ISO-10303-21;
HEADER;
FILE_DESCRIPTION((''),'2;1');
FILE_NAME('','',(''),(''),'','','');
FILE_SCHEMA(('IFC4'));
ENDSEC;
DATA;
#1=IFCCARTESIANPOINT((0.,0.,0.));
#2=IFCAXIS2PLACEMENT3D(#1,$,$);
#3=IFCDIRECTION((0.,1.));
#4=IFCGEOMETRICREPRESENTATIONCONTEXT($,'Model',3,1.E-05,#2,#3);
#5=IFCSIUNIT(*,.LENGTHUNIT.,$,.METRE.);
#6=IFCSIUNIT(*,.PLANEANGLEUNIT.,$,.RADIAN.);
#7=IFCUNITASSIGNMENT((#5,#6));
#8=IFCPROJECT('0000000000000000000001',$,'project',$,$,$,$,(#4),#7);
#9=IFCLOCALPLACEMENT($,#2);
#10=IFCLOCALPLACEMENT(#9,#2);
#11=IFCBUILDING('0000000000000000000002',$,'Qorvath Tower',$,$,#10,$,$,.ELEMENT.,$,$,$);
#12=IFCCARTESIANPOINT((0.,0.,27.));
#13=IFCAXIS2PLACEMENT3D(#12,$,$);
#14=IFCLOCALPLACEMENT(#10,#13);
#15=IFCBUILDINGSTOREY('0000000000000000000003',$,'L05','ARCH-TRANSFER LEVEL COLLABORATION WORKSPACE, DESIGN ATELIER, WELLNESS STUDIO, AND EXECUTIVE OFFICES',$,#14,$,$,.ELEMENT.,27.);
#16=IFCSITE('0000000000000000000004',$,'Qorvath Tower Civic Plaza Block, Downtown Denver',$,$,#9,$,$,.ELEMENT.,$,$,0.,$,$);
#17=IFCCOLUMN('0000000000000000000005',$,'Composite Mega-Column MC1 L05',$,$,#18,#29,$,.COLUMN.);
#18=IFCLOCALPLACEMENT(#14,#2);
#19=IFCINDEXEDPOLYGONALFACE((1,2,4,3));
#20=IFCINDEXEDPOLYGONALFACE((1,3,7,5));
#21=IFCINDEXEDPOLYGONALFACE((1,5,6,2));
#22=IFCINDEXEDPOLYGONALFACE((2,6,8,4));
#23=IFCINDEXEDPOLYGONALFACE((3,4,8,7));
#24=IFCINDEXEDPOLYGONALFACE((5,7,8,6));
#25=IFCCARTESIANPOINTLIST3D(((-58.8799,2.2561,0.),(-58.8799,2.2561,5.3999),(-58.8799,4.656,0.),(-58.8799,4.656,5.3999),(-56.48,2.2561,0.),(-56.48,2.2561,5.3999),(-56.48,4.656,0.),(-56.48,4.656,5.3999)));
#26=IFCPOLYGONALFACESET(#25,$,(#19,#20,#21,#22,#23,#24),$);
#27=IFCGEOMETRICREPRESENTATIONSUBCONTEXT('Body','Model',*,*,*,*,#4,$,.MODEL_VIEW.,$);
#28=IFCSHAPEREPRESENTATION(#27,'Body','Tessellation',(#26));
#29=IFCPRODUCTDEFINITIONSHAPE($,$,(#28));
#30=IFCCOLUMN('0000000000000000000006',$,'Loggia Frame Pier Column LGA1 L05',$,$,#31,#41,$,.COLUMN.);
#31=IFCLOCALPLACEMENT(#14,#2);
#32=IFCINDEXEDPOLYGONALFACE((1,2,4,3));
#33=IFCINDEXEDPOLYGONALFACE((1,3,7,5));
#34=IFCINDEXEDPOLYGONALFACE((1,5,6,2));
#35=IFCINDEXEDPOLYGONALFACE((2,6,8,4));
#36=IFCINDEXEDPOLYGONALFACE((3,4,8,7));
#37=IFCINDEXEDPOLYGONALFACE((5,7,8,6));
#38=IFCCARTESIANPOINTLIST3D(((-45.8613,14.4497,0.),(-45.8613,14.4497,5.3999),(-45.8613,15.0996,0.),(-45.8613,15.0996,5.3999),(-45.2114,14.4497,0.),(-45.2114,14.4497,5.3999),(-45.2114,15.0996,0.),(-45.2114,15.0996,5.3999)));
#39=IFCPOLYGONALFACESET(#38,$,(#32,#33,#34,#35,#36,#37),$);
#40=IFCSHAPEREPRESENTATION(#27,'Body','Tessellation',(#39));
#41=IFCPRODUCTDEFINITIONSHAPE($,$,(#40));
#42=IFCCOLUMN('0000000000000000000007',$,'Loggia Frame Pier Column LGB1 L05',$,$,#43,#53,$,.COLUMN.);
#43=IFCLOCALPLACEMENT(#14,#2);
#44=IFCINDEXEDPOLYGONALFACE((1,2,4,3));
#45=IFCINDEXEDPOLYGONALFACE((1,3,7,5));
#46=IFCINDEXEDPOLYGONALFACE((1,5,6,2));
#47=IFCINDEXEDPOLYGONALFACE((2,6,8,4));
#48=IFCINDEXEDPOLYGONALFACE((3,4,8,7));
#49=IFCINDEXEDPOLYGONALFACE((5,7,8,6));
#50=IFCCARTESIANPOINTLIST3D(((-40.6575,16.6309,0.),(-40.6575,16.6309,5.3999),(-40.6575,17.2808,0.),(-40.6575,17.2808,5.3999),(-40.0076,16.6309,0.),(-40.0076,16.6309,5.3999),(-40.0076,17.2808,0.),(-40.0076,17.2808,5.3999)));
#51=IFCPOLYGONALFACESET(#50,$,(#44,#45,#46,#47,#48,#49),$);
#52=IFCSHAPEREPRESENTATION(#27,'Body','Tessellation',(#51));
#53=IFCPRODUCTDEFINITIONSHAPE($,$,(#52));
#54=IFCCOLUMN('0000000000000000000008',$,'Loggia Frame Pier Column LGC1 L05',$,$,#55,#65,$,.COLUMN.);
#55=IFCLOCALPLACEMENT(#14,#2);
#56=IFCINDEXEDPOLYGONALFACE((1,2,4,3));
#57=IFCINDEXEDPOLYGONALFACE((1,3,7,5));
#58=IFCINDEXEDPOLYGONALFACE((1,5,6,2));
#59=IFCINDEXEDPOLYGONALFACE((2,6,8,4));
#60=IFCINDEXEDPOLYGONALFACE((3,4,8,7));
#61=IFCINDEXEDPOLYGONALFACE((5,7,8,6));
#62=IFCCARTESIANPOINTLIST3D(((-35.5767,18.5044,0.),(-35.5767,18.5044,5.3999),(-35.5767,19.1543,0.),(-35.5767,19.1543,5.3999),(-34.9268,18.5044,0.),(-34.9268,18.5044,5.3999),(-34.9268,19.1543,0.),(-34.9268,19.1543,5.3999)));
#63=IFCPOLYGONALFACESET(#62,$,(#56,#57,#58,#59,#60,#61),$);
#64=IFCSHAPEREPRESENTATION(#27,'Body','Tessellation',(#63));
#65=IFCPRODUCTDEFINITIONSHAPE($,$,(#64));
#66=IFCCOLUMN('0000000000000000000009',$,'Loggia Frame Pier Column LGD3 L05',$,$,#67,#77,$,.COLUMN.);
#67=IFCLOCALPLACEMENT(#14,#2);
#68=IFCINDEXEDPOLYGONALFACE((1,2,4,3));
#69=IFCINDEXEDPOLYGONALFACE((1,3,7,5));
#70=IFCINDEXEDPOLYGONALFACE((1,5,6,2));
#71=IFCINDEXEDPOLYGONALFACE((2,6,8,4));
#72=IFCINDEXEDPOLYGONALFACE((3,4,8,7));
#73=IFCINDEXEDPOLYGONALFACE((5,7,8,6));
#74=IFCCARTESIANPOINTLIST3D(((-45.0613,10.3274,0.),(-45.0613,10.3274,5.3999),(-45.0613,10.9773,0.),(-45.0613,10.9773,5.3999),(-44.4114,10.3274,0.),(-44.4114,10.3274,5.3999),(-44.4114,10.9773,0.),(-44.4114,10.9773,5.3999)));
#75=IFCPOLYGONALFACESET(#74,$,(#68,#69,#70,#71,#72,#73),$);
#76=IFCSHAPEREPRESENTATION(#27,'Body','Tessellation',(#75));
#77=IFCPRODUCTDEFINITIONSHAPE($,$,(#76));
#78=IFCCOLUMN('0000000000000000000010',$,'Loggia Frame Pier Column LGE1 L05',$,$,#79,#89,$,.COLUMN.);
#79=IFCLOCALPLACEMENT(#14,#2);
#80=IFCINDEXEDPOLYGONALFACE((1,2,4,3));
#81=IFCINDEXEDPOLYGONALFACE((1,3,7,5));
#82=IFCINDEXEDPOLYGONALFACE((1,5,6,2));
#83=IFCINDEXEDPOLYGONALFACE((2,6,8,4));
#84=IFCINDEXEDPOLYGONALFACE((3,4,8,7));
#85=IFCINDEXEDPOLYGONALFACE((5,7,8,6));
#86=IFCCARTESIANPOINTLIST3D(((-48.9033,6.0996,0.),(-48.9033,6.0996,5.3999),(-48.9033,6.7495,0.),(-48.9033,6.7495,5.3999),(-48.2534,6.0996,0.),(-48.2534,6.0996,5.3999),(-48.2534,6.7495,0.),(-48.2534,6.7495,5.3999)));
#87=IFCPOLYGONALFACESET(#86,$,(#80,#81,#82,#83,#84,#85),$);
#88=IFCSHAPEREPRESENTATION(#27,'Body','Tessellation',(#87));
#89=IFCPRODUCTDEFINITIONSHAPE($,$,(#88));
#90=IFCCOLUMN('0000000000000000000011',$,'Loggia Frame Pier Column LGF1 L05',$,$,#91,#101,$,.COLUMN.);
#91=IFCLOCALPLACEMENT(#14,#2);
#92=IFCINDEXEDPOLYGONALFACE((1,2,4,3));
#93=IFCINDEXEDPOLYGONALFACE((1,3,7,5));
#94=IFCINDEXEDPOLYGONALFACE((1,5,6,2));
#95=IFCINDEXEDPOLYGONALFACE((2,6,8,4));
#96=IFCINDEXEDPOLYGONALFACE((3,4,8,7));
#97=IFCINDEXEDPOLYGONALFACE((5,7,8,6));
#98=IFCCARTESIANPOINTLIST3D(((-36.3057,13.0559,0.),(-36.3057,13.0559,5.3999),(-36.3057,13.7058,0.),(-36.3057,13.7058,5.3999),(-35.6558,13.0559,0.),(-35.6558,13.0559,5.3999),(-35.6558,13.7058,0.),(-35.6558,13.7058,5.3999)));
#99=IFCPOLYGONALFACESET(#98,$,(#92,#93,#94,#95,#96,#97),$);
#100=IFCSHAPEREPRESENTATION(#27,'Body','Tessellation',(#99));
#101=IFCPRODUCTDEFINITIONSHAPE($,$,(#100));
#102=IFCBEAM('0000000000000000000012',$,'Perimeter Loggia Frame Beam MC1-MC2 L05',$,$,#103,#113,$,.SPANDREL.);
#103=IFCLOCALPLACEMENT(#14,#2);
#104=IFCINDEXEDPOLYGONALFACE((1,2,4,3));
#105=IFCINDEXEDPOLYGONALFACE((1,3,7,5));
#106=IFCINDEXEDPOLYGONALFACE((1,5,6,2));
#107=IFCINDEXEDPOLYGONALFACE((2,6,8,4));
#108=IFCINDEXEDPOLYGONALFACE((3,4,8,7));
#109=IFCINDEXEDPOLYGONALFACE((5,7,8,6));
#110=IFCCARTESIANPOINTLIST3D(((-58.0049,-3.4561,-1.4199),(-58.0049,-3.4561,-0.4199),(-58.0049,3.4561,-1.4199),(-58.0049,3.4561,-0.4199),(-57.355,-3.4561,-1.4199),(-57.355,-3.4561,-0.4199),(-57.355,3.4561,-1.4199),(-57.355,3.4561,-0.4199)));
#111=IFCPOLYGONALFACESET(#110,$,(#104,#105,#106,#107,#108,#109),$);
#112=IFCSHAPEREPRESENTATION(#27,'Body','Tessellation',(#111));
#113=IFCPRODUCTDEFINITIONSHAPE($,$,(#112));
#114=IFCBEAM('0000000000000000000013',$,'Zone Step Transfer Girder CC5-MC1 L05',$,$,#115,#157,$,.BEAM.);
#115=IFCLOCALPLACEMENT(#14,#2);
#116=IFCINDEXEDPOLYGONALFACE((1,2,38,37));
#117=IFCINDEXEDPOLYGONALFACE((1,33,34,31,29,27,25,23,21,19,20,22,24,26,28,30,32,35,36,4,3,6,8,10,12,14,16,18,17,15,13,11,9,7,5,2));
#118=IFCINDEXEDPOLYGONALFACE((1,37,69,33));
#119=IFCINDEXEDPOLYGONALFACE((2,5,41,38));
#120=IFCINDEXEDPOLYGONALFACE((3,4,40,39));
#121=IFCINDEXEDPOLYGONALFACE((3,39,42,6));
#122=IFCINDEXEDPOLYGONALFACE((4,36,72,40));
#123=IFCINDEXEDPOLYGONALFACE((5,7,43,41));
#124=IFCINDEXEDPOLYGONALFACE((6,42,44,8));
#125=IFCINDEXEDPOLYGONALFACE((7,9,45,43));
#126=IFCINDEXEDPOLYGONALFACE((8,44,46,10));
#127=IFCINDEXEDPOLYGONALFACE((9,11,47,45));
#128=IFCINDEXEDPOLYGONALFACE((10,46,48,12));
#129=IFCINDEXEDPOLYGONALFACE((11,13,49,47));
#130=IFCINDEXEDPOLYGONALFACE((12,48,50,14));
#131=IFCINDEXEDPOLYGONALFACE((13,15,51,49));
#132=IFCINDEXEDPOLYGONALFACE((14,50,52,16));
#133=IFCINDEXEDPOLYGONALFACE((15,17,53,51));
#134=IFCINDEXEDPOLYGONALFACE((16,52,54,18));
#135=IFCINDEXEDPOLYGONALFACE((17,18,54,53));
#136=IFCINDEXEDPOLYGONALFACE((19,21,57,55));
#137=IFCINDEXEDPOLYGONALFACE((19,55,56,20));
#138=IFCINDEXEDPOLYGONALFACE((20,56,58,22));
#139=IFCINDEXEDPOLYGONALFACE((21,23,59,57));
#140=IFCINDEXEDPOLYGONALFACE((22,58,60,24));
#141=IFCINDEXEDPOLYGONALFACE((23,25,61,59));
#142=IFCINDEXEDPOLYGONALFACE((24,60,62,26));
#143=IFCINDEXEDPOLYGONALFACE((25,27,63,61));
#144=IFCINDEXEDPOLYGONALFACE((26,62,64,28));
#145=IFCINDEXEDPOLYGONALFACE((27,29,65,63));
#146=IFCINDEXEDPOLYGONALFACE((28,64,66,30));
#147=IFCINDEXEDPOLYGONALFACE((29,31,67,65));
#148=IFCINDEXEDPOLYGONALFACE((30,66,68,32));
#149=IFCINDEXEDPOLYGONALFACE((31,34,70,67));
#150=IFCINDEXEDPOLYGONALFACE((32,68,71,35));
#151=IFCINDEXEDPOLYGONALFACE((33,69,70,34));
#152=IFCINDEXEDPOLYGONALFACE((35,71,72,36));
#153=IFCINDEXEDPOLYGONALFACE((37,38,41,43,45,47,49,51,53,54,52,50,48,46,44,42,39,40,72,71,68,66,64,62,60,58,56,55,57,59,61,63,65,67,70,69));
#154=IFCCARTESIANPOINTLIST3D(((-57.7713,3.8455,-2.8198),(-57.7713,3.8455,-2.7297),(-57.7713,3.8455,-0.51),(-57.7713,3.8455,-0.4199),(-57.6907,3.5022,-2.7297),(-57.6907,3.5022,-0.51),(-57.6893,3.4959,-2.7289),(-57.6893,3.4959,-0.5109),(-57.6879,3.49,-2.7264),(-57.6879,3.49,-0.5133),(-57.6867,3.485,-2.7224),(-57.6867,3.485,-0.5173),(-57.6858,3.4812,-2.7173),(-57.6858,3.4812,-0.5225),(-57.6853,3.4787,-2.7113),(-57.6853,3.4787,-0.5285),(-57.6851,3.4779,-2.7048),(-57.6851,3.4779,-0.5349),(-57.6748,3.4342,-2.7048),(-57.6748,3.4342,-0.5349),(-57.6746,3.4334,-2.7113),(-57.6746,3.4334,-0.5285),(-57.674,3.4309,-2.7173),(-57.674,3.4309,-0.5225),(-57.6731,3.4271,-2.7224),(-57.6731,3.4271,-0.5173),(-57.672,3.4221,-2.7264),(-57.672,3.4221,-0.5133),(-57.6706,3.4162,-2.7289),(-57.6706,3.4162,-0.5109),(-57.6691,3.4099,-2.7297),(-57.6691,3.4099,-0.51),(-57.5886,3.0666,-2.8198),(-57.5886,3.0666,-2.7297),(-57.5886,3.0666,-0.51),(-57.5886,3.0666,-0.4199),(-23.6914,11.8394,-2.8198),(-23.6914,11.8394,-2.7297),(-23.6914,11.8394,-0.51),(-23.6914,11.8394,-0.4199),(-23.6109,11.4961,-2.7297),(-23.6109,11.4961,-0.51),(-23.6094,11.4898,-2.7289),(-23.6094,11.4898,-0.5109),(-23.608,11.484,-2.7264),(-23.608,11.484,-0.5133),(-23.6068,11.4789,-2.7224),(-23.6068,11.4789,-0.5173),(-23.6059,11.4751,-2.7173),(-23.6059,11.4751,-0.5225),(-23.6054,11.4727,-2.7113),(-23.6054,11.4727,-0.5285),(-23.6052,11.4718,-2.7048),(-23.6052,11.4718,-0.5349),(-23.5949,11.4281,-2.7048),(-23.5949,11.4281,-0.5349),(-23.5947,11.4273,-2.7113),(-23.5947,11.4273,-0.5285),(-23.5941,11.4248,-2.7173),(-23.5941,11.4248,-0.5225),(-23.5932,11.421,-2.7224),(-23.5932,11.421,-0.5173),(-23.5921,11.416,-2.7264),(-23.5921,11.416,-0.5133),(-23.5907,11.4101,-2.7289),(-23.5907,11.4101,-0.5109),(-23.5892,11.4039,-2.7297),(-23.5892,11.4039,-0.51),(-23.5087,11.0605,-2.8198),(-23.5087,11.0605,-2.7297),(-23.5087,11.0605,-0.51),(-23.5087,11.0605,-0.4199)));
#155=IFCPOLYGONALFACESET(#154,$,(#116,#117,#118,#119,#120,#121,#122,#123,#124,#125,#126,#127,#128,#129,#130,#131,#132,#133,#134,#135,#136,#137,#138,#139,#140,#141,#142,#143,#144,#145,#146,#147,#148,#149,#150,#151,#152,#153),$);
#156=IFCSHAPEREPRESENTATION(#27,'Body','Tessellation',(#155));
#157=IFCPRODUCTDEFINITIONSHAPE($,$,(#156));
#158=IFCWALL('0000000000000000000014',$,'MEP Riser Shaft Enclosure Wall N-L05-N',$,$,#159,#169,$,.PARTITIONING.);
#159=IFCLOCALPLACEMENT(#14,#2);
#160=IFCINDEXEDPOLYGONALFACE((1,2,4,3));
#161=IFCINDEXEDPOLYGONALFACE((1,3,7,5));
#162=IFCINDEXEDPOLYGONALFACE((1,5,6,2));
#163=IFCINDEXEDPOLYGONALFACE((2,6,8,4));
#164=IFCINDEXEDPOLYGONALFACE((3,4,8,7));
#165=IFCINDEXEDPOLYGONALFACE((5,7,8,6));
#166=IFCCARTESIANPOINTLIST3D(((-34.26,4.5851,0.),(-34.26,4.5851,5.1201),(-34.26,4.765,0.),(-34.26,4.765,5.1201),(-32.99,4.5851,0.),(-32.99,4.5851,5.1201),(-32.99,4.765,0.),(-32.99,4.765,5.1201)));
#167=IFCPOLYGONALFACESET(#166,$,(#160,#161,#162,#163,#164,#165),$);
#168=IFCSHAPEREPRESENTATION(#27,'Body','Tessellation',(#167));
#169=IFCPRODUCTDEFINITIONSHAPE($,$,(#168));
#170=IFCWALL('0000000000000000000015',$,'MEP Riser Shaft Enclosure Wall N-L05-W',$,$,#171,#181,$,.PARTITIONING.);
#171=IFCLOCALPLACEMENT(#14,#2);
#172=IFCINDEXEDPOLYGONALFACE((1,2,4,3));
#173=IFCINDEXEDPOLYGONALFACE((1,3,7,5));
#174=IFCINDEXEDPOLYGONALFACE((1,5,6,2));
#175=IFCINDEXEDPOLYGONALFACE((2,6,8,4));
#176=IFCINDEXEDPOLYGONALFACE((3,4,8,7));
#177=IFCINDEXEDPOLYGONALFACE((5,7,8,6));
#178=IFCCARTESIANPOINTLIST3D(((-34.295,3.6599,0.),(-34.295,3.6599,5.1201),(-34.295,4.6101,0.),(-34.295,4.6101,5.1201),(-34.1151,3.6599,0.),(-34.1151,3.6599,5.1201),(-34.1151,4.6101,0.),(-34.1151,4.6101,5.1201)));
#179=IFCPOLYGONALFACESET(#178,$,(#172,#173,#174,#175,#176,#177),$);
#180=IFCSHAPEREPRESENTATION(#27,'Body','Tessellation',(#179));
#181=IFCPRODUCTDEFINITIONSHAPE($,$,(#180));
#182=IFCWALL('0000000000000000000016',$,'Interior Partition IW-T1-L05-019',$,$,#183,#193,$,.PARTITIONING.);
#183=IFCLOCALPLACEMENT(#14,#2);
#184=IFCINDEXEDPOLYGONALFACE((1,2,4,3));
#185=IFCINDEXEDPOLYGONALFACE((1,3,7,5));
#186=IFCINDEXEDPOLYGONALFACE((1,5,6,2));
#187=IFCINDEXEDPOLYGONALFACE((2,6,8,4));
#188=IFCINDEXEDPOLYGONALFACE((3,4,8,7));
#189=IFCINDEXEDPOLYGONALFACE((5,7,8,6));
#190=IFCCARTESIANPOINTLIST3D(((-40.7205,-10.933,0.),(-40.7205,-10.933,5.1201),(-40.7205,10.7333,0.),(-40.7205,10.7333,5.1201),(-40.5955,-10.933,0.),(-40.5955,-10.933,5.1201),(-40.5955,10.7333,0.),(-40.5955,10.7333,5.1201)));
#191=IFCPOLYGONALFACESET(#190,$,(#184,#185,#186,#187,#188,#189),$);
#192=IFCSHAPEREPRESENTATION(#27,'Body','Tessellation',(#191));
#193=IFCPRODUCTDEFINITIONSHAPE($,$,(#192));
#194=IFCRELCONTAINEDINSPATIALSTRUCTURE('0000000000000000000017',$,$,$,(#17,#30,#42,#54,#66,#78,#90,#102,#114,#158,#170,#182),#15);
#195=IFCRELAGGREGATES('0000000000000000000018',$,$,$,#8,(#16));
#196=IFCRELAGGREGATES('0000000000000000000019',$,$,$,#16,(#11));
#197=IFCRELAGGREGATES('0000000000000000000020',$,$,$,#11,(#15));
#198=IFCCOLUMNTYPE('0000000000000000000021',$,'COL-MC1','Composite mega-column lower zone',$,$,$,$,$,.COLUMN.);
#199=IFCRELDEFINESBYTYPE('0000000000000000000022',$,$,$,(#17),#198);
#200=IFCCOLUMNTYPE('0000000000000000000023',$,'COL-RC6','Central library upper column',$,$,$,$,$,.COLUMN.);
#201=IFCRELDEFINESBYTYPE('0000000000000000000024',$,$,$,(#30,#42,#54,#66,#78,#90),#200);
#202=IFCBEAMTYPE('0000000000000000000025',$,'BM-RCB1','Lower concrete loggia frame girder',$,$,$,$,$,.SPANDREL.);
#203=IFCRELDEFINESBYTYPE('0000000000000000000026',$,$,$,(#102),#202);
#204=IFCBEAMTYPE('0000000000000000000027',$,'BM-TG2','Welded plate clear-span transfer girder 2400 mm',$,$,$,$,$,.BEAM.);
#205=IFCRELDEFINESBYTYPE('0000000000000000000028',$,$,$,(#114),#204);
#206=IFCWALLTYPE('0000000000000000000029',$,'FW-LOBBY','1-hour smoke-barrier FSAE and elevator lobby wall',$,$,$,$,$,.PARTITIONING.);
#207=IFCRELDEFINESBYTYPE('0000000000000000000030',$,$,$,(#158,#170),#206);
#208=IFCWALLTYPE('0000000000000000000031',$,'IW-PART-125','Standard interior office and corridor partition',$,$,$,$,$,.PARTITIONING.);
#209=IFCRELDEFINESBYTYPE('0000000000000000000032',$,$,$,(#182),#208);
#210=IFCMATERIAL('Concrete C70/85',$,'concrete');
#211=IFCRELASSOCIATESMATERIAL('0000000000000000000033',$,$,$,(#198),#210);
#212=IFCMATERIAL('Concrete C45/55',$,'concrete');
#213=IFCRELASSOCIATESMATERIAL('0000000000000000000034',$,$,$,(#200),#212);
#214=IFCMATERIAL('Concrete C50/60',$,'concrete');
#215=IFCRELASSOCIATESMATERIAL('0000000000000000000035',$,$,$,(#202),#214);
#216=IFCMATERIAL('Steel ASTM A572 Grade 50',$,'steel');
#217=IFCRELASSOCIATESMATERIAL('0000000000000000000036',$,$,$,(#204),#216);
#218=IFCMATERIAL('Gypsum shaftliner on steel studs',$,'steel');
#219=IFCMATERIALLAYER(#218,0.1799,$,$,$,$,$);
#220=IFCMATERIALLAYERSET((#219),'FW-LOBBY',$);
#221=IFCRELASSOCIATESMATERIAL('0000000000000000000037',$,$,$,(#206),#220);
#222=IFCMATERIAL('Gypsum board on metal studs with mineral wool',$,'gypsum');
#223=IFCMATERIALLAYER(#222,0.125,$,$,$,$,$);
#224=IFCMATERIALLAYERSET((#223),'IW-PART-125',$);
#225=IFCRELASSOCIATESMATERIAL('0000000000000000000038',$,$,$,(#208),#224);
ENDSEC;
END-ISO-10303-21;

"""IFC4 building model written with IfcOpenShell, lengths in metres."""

from ifc_helpers import new_model, si_unit, direction, frame, frame_2d, origin, origin_2d, place, context, subcontext, project, spatial, rectangle, i_section, extrude, material, layer, layer_set, material_profile, profile_set, type_object, element, save


model = new_model("IFC4")

# Units and contexts
model_context = context("Model", 3, precision=1e-05, world=origin(), true_north=direction((0.0, 1.0)))
body_context = subcontext(model_context, "Body", "Model", "MODEL_VIEW")
ifc_project = project(units=[si_unit("LENGTHUNIT", "METRE"), si_unit("PLANEANGLEUNIT", "RADIAN")], contexts=[model_context])

# Site, building, storey
site_placement = place(None, origin())
site = spatial("IfcSite", under=ifc_project, at=site_placement, Name="Qorvath Tower Civic Plaza Block, Downtown Denver", CompositionType="ELEMENT", RefElevation=0.0)
building_placement = place(site_placement, origin())
building = spatial("IfcBuilding", under=site, at=building_placement, Name="Qorvath Tower", CompositionType="ELEMENT")
storey_placement = place(building_placement, frame((0.0, 0.0, 27.0)))
storey = spatial("IfcBuildingStorey", under=building, at=storey_placement, Name="L05", Description="ARCH-TRANSFER LEVEL COLLABORATION WORKSPACE, DESIGN ATELIER, WELLNESS STUDIO, AND EXECUTIVE OFFICES", CompositionType="ELEMENT", Elevation=27.0)

# Columns
ifc_material_1 = material(Name="Concrete C70/85", Category="concrete")
ifc_material_profile_1 = material_profile(ifc_material_1, rectangle(XDim=2.3999, YDim=2.3999, at=origin_2d()), Name="MC 2400x2400")
ifc_profile_set_1 = profile_set([ifc_material_profile_1], Name="Concrete C70/85")
column_type_1 = type_object("IfcColumnType", Name="COL-MC1", Description="Composite mega-column lower zone", PredefinedType="COLUMN", material=ifc_profile_set_1)
column_placement = place(storey_placement, frame((-57.6799, 3.4561, 0.0), z_axis=(0.0, 0.0, 1.0), x_axis=(1.0, 0.0, 0.0)))
element("IfcColumn", 1, at=column_placement, inside=storey, type_object=column_type_1, Name="Composite Mega-Column MC1 L05", PredefinedType="COLUMN", context=body_context, shape_type="SweptSolid", body=[
    extrude(rectangle(XDim=2.3999, YDim=2.3999, at=origin_2d()), origin(), (0.0, 0.0, 1.0), 5.3999),
])
ifc_material_2 = material(Name="Concrete C45/55", Category="concrete")
ifc_material_profile_2 = material_profile(ifc_material_2, rectangle(XDim=0.6499, YDim=0.6499, at=origin_2d()), Name="RC 650x650")
ifc_profile_set_2 = profile_set([ifc_material_profile_2], Name="Concrete C45/55")
column_type_2 = type_object("IfcColumnType", Name="COL-RC6", Description="Central library upper column", PredefinedType="COLUMN", material=ifc_profile_set_2)
for number, where, z_axis, x_axis, name in (
    (2, (-45.5364, 14.7747, 0.0), (0.0, 0.0, 1.0), (1.0, 0.0, 0.0), "Loggia Frame Pier Column LGA1 L05"),
    (3, (-40.3325, 16.9558, 0.0), (0.0, 0.0, 1.0), (1.0, 0.0, 0.0), "Loggia Frame Pier Column LGB1 L05"),
    (4, (-35.2517, 18.8293, 0.0), (0.0, 0.0, 1.0), (1.0, 0.0, 0.0), "Loggia Frame Pier Column LGC1 L05"),
    (5, (-44.7363, 10.6523, 0.0), (0.0, 0.0, 1.0), (1.0, 0.0, 0.0), "Loggia Frame Pier Column LGD3 L05"),
    (6, (-48.5784, 6.4246, 0.0), (0.0, 0.0, 1.0), (1.0, 0.0, 0.0), "Loggia Frame Pier Column LGE1 L05"),
    (7, (-35.9807, 13.3809, 0.0), (0.0, 0.0, 1.0), (1.0, 0.0, 0.0), "Loggia Frame Pier Column LGF1 L05"),
):
    element("IfcColumn", number, at=place(storey_placement, frame(where, z_axis=z_axis, x_axis=x_axis)), inside=storey, type_object=column_type_2, Name=name, PredefinedType="COLUMN", context=body_context, shape_type="SweptSolid", body=[
        extrude(rectangle(XDim=0.6499, YDim=0.6499, at=origin_2d()), origin(), (0.0, 0.0, 1.0), 5.3999),
    ])

# Beams
ifc_material_3 = material(Name="Concrete C50/60", Category="concrete")
ifc_material_profile_3 = material_profile(ifc_material_3, rectangle(XDim=0.6499, YDim=1.0, at=origin_2d()), Name="RCB 1000x650")
ifc_profile_set_3 = profile_set([ifc_material_profile_3], Name="Concrete C50/60")
beam_type_1 = type_object("IfcBeamType", Name="BM-RCB1", Description="Lower concrete loggia frame girder", PredefinedType="SPANDREL", material=ifc_profile_set_3)
beam_1_placement = place(storey_placement, frame((-57.6799, 3.4561, -0.9199), z_axis=(0.0, -1.0, 0.0), x_axis=(1.0, 0.0, 0.0)))
element("IfcBeam", 8, at=beam_1_placement, inside=storey, type_object=beam_type_1, Name="Perimeter Loggia Frame Beam MC1-MC2 L05", PredefinedType="SPANDREL", context=body_context, shape_type="SweptSolid", body=[
    extrude(rectangle(XDim=0.6499, YDim=1.0, at=origin_2d()), origin(), (0.0, 0.0, 1.0), 6.9121),
])
ifc_material_4 = material(Name="Steel ASTM A572 Grade 50", Category="steel")
ifc_material_profile_4 = material_profile(ifc_material_4, i_section(OverallWidth=0.8, OverallDepth=2.3999, WebThickness=0.0449, FlangeThickness=0.0901, FilletRadius=0.0249, at=origin_2d()), Name="WTG 2400x800")
ifc_profile_set_4 = profile_set([ifc_material_profile_4], Name="Steel ASTM A572 Grade 50")
beam_type_2 = type_object("IfcBeamType", Name="BM-TG2", Description="Welded plate clear-span transfer girder 2400 mm", PredefinedType="BEAM", material=ifc_profile_set_4)
beam_2_placement = place(storey_placement, frame((-57.6799, 3.4561, -1.6199), z_axis=(0.973575, 0.228366, 0.0), x_axis=(-0.228366, 0.973575, 0.0)))
element("IfcBeam", 9, at=beam_2_placement, inside=storey, type_object=beam_type_2, Name="Zone Step Transfer Girder CC5-MC1 L05", PredefinedType="BEAM", context=body_context, shape_type="SweptSolid", body=[
    extrude(i_section(OverallWidth=0.8, OverallDepth=2.3999, WebThickness=0.0449, FlangeThickness=0.0901, FilletRadius=0.0249, at=origin_2d()), origin(), (0.0, 0.0, 1.0), 35.0049),
])

# Walls
ifc_material_5 = material(Name="Gypsum shaftliner on steel studs", Category="steel")
ifc_layer_1 = layer(ifc_material_5, 0.1799)
ifc_layer_set_1 = layer_set([ifc_layer_1], Name="FW-LOBBY")
wall_type_1 = type_object("IfcWallType", Name="FW-LOBBY", Description="1-hour smoke-barrier FSAE and elevator lobby wall", PredefinedType="PARTITIONING", material=ifc_layer_set_1)
wall_1_placement = place(storey_placement, frame((-34.26, 4.675, 0.0), z_axis=(0.0, 0.0, 1.0), x_axis=(1.0, 0.0, 0.0)))
element("IfcWall", 10, at=wall_1_placement, inside=storey, type_object=wall_type_1, Name="MEP Riser Shaft Enclosure Wall N-L05-N", PredefinedType="PARTITIONING", context=body_context, shape_type="SweptSolid", body=[
    extrude(rectangle(XDim=1.27, YDim=0.1799, at=frame_2d((0.635, 0.0))), origin(), (0.0, 0.0, 1.0), 5.1201),
])
wall_2_placement = place(storey_placement, frame((-34.2051, 3.6599, 0.0), z_axis=(0.0, 0.0, 1.0), x_axis=(0.0, 1.0, 0.0)))
element("IfcWall", 11, at=wall_2_placement, inside=storey, type_object=wall_type_1, Name="MEP Riser Shaft Enclosure Wall N-L05-W", PredefinedType="PARTITIONING", context=body_context, shape_type="SweptSolid", body=[
    extrude(rectangle(XDim=0.9502, YDim=0.1799, at=frame_2d((0.4751, 0.0))), origin(), (0.0, 0.0, 1.0), 5.1201),
])
ifc_material_6 = material(Name="Gypsum board on metal studs with mineral wool", Category="gypsum")
ifc_layer_2 = layer(ifc_material_6, 0.125)
ifc_layer_set_2 = layer_set([ifc_layer_2], Name="IW-PART-125")
wall_type_2 = type_object("IfcWallType", Name="IW-PART-125", Description="Standard interior office and corridor partition", PredefinedType="PARTITIONING", material=ifc_layer_set_2)
wall_3_placement = place(storey_placement, frame((-40.658, 10.7332, 0.0), z_axis=(0.0, 0.0, 1.0), x_axis=(0.0, -1.0, 0.0)))
element("IfcWall", 12, at=wall_3_placement, inside=storey, type_object=wall_type_2, Name="Interior Partition IW-T1-L05-019", PredefinedType="PARTITIONING", context=body_context, shape_type="SweptSolid", body=[
    extrude(rectangle(XDim=21.6663, YDim=0.125, at=frame_2d((10.833, 0.0))), origin(), (0.0, 0.0, 1.0), 5.1201),
])

save(model, "model.ifc")
